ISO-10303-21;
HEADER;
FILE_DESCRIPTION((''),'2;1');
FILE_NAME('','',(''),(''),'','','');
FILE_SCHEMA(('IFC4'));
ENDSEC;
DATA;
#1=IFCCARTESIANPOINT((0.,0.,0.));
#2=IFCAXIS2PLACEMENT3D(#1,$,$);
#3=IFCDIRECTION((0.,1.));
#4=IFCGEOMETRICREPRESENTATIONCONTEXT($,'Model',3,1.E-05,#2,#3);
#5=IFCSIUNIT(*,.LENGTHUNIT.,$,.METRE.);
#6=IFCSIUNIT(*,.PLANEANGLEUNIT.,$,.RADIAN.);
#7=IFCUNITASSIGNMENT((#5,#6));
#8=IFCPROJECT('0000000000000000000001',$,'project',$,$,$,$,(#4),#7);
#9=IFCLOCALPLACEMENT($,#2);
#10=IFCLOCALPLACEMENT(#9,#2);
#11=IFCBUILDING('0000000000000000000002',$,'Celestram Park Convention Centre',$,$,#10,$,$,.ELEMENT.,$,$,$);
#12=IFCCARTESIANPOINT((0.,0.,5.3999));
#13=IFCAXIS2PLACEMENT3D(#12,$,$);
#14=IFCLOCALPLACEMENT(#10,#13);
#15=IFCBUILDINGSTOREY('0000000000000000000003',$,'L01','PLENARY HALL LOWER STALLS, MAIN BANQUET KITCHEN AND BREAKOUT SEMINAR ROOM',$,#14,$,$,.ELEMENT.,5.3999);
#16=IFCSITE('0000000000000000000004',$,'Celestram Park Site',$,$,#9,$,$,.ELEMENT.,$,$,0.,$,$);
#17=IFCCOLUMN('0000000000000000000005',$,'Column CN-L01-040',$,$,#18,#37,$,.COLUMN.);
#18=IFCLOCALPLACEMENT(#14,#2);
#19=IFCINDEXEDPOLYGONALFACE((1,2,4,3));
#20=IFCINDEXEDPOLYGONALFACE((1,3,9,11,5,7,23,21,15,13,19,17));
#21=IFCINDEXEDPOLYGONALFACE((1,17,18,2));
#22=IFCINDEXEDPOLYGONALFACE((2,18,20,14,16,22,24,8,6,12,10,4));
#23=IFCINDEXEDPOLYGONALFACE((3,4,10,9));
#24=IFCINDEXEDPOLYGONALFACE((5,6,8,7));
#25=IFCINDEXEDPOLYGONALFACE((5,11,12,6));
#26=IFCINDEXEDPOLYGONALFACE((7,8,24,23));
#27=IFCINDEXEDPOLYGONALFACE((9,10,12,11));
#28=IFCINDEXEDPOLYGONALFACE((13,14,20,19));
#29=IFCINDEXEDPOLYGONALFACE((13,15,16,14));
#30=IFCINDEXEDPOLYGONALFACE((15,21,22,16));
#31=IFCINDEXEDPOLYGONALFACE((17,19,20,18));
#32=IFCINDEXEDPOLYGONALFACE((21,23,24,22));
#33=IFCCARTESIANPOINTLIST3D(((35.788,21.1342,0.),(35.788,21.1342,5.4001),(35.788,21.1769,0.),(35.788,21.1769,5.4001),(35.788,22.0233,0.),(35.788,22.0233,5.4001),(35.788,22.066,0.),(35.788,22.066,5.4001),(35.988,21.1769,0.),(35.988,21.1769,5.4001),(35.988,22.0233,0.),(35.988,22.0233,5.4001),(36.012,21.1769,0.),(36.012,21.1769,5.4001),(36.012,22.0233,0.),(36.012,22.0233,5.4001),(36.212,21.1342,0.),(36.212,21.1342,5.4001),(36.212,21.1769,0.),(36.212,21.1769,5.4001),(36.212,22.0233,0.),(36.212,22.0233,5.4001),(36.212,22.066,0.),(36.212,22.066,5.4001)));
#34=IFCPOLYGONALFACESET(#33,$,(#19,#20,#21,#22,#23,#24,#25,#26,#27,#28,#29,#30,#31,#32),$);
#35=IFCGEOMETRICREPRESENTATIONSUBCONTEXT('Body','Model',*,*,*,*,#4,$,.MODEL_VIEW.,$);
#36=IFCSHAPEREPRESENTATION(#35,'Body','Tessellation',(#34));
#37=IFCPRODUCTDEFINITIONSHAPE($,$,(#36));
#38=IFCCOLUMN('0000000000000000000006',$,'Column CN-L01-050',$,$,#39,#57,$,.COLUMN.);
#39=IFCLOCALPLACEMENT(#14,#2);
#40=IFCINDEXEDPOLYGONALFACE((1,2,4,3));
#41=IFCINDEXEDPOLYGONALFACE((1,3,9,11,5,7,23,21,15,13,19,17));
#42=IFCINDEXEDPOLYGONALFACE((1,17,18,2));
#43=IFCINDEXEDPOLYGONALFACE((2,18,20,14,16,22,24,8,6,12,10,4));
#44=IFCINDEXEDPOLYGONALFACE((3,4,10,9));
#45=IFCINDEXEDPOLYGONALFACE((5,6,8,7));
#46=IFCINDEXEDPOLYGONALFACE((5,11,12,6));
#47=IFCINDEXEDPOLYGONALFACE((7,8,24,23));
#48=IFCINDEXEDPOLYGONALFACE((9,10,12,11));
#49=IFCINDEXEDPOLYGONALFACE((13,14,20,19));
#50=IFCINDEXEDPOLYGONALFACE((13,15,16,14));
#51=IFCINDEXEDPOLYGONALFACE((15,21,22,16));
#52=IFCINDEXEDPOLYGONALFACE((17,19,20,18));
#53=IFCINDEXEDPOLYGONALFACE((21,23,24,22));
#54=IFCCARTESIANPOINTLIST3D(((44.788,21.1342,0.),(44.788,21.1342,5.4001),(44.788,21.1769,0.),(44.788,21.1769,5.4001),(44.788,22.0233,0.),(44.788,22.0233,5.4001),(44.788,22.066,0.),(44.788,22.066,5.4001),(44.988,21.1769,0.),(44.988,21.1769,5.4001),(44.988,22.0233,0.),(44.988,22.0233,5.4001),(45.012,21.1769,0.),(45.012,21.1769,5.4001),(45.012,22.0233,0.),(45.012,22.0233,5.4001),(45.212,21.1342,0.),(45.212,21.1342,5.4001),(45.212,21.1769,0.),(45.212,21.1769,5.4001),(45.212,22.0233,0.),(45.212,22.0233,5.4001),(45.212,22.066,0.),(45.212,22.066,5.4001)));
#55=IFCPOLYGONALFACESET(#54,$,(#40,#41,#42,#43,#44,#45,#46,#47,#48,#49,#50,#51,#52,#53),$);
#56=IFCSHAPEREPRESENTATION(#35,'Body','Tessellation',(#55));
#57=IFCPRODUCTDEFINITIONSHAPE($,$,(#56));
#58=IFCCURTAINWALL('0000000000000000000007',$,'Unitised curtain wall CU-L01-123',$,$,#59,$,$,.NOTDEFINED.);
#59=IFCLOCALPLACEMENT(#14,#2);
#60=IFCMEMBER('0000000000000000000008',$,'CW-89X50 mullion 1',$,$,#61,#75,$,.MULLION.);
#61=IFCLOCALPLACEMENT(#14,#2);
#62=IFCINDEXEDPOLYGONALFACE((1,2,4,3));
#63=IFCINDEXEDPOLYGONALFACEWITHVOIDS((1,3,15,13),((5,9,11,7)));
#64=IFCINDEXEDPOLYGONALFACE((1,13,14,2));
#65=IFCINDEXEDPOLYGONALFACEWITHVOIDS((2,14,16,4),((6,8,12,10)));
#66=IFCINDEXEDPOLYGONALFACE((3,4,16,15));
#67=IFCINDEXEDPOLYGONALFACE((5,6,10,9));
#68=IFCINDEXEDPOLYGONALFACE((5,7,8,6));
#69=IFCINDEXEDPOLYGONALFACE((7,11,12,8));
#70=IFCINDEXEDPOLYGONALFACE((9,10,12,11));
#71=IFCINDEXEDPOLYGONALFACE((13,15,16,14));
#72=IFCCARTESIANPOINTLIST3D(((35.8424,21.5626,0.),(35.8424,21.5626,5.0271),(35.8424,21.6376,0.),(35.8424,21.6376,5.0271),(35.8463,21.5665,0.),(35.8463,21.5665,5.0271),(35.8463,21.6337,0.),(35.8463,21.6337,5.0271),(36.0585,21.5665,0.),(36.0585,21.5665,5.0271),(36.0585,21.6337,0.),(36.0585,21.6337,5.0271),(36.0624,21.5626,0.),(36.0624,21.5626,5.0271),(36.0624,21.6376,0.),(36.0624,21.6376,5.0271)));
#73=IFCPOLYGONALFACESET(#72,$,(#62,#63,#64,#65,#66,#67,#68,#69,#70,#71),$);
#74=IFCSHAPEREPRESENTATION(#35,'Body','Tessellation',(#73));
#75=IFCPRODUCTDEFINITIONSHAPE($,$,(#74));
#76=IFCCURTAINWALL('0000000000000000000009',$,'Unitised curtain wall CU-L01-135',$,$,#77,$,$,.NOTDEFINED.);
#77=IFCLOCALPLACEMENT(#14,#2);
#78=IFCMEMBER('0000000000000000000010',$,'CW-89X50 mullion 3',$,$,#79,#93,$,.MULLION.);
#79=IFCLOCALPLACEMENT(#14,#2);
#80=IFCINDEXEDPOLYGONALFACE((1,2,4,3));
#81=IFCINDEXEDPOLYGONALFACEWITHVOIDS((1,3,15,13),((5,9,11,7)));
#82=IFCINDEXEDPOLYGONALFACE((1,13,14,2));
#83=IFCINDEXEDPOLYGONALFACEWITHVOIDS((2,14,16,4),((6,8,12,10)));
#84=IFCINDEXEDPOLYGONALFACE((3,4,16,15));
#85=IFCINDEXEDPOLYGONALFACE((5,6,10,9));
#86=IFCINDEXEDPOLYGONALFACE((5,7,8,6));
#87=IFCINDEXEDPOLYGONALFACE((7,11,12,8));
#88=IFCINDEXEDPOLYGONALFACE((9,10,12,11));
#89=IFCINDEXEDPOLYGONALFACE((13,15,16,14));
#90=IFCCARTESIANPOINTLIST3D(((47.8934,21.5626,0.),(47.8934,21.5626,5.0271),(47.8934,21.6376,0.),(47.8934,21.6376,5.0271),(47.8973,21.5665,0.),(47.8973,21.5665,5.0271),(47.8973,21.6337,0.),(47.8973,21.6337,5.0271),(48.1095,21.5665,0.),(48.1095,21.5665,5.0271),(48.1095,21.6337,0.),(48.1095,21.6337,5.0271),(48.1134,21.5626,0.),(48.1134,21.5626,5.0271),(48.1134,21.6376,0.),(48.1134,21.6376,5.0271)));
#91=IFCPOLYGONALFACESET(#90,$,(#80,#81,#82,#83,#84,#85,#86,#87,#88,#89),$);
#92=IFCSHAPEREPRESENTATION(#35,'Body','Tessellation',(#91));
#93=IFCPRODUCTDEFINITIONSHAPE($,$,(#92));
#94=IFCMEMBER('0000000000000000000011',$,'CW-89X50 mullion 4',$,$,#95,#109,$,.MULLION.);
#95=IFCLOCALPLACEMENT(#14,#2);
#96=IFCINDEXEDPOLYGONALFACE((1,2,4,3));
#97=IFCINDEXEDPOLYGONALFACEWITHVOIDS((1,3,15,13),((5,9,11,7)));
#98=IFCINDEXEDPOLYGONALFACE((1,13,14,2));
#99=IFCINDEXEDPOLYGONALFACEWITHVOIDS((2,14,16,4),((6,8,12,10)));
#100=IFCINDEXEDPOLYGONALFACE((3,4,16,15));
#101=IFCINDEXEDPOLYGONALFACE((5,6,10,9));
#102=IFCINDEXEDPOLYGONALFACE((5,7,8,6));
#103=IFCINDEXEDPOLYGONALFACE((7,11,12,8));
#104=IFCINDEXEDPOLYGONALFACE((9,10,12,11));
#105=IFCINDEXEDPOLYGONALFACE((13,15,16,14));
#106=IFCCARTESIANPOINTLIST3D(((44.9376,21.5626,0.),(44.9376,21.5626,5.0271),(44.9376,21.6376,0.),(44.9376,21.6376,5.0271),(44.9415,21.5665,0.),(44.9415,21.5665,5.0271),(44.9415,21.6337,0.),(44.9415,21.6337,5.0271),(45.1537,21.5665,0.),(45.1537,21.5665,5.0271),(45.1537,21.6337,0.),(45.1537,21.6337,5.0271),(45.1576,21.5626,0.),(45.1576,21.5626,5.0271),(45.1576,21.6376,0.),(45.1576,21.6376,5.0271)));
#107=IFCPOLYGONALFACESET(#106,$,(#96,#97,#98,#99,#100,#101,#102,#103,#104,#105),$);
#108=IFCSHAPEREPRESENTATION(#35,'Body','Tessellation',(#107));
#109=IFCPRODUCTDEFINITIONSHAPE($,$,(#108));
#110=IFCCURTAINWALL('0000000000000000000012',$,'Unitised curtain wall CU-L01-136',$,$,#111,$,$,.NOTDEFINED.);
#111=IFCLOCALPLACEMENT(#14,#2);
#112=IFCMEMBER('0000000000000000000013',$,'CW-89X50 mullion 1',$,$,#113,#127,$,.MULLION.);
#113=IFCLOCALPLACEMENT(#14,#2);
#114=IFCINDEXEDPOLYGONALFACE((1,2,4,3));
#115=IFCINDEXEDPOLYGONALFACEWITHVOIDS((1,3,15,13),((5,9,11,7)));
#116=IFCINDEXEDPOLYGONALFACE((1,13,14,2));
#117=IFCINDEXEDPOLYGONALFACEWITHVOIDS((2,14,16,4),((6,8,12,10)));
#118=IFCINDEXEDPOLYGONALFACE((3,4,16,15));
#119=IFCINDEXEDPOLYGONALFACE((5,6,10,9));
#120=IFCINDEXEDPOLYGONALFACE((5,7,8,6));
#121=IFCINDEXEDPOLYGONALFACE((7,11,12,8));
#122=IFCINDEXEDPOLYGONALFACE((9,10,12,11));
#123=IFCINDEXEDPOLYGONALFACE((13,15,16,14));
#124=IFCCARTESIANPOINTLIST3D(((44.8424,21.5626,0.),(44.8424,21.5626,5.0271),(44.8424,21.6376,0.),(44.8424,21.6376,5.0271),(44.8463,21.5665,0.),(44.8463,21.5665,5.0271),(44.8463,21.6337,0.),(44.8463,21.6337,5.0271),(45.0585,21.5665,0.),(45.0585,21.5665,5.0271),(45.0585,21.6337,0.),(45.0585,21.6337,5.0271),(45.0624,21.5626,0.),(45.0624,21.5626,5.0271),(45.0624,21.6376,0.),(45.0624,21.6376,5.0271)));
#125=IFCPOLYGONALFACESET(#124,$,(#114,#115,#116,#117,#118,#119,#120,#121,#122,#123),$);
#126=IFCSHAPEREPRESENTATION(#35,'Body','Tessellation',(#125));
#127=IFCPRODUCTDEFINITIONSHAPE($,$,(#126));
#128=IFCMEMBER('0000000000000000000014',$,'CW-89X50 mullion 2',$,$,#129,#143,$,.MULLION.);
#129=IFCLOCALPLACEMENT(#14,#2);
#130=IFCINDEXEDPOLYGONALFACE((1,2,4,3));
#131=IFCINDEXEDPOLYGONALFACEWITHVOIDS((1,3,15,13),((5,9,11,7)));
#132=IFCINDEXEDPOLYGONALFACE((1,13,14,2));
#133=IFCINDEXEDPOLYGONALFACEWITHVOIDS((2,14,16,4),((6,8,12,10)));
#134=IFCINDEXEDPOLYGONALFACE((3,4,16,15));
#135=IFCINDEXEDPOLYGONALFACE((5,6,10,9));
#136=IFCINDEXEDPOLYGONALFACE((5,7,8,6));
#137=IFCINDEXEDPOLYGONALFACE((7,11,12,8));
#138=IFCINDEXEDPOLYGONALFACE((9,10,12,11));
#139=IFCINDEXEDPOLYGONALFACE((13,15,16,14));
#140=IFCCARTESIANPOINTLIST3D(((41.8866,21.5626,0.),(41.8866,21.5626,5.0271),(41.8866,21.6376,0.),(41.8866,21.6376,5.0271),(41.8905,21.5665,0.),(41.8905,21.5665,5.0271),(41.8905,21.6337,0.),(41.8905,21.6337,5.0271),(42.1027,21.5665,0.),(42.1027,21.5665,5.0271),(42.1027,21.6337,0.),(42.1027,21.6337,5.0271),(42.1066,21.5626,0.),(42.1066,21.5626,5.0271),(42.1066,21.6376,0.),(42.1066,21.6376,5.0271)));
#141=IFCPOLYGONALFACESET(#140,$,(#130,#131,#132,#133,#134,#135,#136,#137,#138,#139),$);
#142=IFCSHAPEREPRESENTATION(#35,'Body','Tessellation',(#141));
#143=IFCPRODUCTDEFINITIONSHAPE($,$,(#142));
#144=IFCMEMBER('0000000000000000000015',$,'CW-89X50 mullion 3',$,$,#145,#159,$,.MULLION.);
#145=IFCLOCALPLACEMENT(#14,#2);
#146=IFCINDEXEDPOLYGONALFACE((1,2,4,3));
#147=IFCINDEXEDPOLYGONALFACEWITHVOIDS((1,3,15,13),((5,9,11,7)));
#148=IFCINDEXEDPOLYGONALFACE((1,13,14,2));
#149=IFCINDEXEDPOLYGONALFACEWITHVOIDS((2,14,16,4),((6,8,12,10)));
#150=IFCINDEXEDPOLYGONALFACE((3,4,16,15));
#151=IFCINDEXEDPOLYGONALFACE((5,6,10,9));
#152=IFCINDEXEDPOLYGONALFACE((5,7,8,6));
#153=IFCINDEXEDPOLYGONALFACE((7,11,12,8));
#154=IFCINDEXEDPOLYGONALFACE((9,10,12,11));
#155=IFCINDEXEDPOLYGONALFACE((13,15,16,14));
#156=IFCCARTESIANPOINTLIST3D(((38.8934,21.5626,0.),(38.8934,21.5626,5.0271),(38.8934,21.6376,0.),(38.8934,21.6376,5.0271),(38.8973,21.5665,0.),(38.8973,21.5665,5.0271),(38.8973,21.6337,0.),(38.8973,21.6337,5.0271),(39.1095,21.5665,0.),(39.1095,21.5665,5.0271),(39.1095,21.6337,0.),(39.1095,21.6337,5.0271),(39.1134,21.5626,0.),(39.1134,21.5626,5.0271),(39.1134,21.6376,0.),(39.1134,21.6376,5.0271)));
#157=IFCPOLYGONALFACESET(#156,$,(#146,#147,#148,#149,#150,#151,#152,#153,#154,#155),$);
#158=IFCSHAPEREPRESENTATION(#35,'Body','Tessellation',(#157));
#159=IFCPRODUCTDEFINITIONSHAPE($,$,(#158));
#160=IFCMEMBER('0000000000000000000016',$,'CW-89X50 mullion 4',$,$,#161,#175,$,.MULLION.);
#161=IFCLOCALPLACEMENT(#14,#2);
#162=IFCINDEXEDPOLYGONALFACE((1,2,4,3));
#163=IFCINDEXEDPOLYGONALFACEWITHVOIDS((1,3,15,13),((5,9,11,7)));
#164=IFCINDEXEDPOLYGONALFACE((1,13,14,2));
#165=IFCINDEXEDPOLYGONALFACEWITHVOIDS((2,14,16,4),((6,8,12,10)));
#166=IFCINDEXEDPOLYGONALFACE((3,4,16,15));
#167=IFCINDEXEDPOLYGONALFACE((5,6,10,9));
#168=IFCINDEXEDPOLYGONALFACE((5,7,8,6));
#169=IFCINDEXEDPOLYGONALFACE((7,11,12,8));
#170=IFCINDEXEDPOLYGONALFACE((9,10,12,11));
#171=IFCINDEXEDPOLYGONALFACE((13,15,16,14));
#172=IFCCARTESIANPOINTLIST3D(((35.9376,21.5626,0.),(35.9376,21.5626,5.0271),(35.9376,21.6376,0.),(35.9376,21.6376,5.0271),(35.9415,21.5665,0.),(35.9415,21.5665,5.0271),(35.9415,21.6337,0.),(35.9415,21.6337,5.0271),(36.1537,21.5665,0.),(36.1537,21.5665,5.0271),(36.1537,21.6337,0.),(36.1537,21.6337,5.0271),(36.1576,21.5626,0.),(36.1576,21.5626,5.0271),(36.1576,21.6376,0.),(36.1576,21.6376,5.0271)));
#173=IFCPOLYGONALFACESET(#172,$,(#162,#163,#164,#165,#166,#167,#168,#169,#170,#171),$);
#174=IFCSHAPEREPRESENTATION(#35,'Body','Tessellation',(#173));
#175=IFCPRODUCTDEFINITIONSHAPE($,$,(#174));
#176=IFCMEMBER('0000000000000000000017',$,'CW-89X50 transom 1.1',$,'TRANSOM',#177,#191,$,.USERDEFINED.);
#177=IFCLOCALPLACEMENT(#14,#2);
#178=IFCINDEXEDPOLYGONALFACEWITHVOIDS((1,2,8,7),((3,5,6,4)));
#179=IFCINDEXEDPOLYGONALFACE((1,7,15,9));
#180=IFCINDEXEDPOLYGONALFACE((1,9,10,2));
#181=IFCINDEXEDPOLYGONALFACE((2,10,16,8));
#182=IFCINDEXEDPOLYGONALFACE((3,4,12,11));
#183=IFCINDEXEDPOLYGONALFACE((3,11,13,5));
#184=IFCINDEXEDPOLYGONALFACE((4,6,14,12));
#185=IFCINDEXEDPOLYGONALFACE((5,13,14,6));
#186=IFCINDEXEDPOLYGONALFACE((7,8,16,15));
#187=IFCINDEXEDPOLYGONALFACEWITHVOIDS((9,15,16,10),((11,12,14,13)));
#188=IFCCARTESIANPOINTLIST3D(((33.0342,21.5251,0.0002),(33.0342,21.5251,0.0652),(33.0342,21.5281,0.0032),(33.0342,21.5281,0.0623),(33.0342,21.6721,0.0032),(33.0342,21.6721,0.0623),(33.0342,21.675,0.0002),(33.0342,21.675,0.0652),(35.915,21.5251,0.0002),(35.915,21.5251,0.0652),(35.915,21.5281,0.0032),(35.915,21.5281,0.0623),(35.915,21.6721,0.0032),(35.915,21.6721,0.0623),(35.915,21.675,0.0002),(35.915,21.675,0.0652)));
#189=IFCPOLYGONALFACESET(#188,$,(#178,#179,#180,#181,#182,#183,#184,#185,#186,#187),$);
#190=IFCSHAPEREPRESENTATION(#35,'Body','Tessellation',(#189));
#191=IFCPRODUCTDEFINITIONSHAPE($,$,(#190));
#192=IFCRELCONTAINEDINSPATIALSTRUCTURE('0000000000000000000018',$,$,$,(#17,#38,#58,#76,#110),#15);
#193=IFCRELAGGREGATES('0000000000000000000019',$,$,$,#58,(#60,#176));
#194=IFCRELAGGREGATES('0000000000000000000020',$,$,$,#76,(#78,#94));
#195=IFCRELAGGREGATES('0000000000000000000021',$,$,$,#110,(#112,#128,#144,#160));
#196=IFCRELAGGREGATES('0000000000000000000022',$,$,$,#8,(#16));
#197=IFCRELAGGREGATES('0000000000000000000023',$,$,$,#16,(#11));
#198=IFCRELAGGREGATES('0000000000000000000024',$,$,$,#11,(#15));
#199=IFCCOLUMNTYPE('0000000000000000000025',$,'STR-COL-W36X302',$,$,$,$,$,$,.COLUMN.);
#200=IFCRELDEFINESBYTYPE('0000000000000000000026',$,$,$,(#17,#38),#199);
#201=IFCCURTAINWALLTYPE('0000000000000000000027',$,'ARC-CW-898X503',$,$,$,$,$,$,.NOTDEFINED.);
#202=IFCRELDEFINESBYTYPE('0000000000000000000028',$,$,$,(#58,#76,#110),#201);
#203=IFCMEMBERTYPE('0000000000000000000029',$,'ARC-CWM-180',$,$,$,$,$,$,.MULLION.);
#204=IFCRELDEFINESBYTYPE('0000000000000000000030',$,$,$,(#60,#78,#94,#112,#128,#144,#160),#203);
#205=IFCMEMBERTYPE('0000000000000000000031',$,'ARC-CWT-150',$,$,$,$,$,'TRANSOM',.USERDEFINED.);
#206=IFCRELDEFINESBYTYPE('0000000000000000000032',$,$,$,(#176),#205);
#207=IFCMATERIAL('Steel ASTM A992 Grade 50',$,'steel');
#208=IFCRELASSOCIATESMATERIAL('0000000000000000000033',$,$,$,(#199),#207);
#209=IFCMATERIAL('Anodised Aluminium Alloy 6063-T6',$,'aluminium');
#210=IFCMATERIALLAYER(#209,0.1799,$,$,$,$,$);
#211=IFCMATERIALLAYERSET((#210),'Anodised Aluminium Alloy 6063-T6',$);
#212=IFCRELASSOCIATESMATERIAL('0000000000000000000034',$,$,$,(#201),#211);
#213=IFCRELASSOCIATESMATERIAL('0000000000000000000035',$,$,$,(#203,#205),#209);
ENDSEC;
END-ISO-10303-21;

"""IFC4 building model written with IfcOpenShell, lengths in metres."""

from ifc_helpers import new_model, si_unit, direction, frame, origin, origin_2d, place, context, subcontext, project, spatial, hollow_rectangle, i_section, extrude, material, layer, layer_set, material_profile, profile_set, type_object, element, aggregate, save


model = new_model("IFC4")

# Units and contexts
model_context = context("Model", 3, precision=1e-05, world=origin(), true_north=direction((0.0, 1.0)))
body_context = subcontext(model_context, "Body", "Model", "MODEL_VIEW")
ifc_project = project(units=[si_unit("LENGTHUNIT", "METRE"), si_unit("PLANEANGLEUNIT", "RADIAN")], contexts=[model_context])

# Site, building, storey
site_placement = place(None, origin())
site = spatial("IfcSite", under=ifc_project, at=site_placement, Name="Celestram Park Site", CompositionType="ELEMENT", RefElevation=0.0)
building_placement = place(site_placement, origin())
building = spatial("IfcBuilding", under=site, at=building_placement, Name="Celestram Park Convention Centre", CompositionType="ELEMENT")
storey_placement = place(building_placement, frame((0.0, 0.0, 5.3999)))
storey = spatial("IfcBuildingStorey", under=building, at=storey_placement, Name="L01", Description="PLENARY HALL LOWER STALLS, MAIN BANQUET KITCHEN AND BREAKOUT SEMINAR ROOM", CompositionType="ELEMENT", Elevation=5.3999)

# Columns
ifc_material_1 = material(Name="Steel ASTM A992 Grade 50", Category="steel")
ifc_material_profile_1 = material_profile(ifc_material_1, i_section(OverallWidth=0.4241, OverallDepth=0.9319, WebThickness=0.0239, FlangeThickness=0.0427, at=origin_2d()), Name="W36X302")
ifc_profile_set_1 = profile_set([ifc_material_profile_1], Name="Steel ASTM A992 Grade 50")
column_type = type_object("IfcColumnType", Name="STR-COL-W36X302", PredefinedType="COLUMN", material=ifc_profile_set_1)
for number, where, z_axis, x_axis, name in (
    (1, (36.0, 21.6001, 0.0), (0.0, 0.0, 1.0), (1.0, 0.0, 0.0), "Column CN-L01-040"),
    (2, (45.0, 21.6001, 0.0), (0.0, 0.0, 1.0), (1.0, 0.0, 0.0), "Column CN-L01-050"),
):
    element("IfcColumn", number, at=place(storey_placement, frame(where, z_axis=z_axis, x_axis=x_axis)), inside=storey, type_object=column_type, Name=name, PredefinedType="COLUMN", context=body_context, shape_type="SweptSolid", body=[
        extrude(i_section(OverallWidth=0.4241, OverallDepth=0.9319, WebThickness=0.0239, FlangeThickness=0.0427, at=origin_2d()), origin(), (0.0, 0.0, 1.0), 5.4001),
    ])

# Curtain wall, member
ifc_material_2 = material(Name="Anodised Aluminium Alloy 6063-T6", Category="aluminium")
ifc_layer_1 = layer(ifc_material_2, 0.1799)
ifc_layer_set_1 = layer_set([ifc_layer_1], Name="Anodised Aluminium Alloy 6063-T6")
curtain_wall_type = type_object("IfcCurtainWallType", Name="ARC-CW-898X503", PredefinedType="NOTDEFINED", material=ifc_layer_set_1)
curtain_wall_1_placement = place(storey_placement, origin())
curtain_wall_1 = element("IfcCurtainWall", 3, at=curtain_wall_1_placement, inside=storey, type_object=curtain_wall_type, Name="Unitised curtain wall CU-L01-123", PredefinedType="NOTDEFINED")
ifc_material_profile_2 = material_profile(ifc_material_2, hollow_rectangle(XDim=0.075, YDim=0.22, WallThickness=0.0039, at=origin_2d()), Name="ALU75X220X4")
ifc_profile_set_2 = profile_set([ifc_material_profile_2], Name="Anodised Aluminium Alloy 6063-T6")
member_type_1 = type_object("IfcMemberType", Name="ARC-CWM-180", PredefinedType="MULLION", material=ifc_profile_set_2)
member_1_placement = place(storey_placement, frame((35.9524, 21.6001, 0.0), z_axis=(0.0, 0.0, 1.0), x_axis=(0.0, -1.0, 0.0)))
member_1 = element("IfcMember", 4, at=member_1_placement, type_object=member_type_1, Name="CW-89X50 mullion 1", PredefinedType="MULLION", context=body_context, shape_type="SweptSolid", body=[
    extrude(hollow_rectangle(XDim=0.075, YDim=0.22, WallThickness=0.0039, at=origin_2d()), origin(), (0.0, 0.0, 1.0), 5.0271),
])

# Curtain walls, members
curtain_wall_2_placement = place(storey_placement, origin())
curtain_wall_2 = element("IfcCurtainWall", 5, at=curtain_wall_2_placement, inside=storey, type_object=curtain_wall_type, Name="Unitised curtain wall CU-L01-135", PredefinedType="NOTDEFINED")
member_2_placement = place(storey_placement, frame((48.0034, 21.6001, 0.0), z_axis=(0.0, 0.0, 1.0), x_axis=(0.0, -1.0, 0.0)))
member_2 = element("IfcMember", 6, at=member_2_placement, type_object=member_type_1, Name="CW-89X50 mullion 3", PredefinedType="MULLION", context=body_context, shape_type="SweptSolid", body=[
    extrude(hollow_rectangle(XDim=0.075, YDim=0.22, WallThickness=0.0039, at=origin_2d()), origin(), (0.0, 0.0, 1.0), 5.0271),
])
member_3_placement = place(storey_placement, frame((45.0476, 21.6001, 0.0), z_axis=(0.0, 0.0, 1.0), x_axis=(0.0, -1.0, 0.0)))
member_3 = element("IfcMember", 7, at=member_3_placement, type_object=member_type_1, Name="CW-89X50 mullion 4", PredefinedType="MULLION", context=body_context, shape_type="SweptSolid", body=[
    extrude(hollow_rectangle(XDim=0.075, YDim=0.22, WallThickness=0.0039, at=origin_2d()), origin(), (0.0, 0.0, 1.0), 5.0271),
])
curtain_wall_3_placement = place(storey_placement, origin())
curtain_wall_3 = element("IfcCurtainWall", 8, at=curtain_wall_3_placement, inside=storey, type_object=curtain_wall_type, Name="Unitised curtain wall CU-L01-136", PredefinedType="NOTDEFINED")
member_4_placement = place(storey_placement, frame((44.9524, 21.6001, 0.0), z_axis=(0.0, 0.0, 1.0), x_axis=(0.0, -1.0, 0.0)))
member_4 = element("IfcMember", 9, at=member_4_placement, type_object=member_type_1, Name="CW-89X50 mullion 1", PredefinedType="MULLION", context=body_context, shape_type="SweptSolid", body=[
    extrude(hollow_rectangle(XDim=0.075, YDim=0.22, WallThickness=0.0039, at=origin_2d()), origin(), (0.0, 0.0, 1.0), 5.0271),
])
member_5_placement = place(storey_placement, frame((41.9966, 21.6001, 0.0), z_axis=(0.0, 0.0, 1.0), x_axis=(0.0, -1.0, 0.0)))
member_5 = element("IfcMember", 10, at=member_5_placement, type_object=member_type_1, Name="CW-89X50 mullion 2", PredefinedType="MULLION", context=body_context, shape_type="SweptSolid", body=[
    extrude(hollow_rectangle(XDim=0.075, YDim=0.22, WallThickness=0.0039, at=origin_2d()), origin(), (0.0, 0.0, 1.0), 5.0271),
])
member_6_placement = place(storey_placement, frame((39.0034, 21.6001, 0.0), z_axis=(0.0, 0.0, 1.0), x_axis=(0.0, -1.0, 0.0)))
member_6 = element("IfcMember", 11, at=member_6_placement, type_object=member_type_1, Name="CW-89X50 mullion 3", PredefinedType="MULLION", context=body_context, shape_type="SweptSolid", body=[
    extrude(hollow_rectangle(XDim=0.075, YDim=0.22, WallThickness=0.0039, at=origin_2d()), origin(), (0.0, 0.0, 1.0), 5.0271),
])
member_7_placement = place(storey_placement, frame((36.0476, 21.6001, 0.0), z_axis=(0.0, 0.0, 1.0), x_axis=(0.0, -1.0, 0.0)))
member_7 = element("IfcMember", 12, at=member_7_placement, type_object=member_type_1, Name="CW-89X50 mullion 4", PredefinedType="MULLION", context=body_context, shape_type="SweptSolid", body=[
    extrude(hollow_rectangle(XDim=0.075, YDim=0.22, WallThickness=0.0039, at=origin_2d()), origin(), (0.0, 0.0, 1.0), 5.0271),
])

# Member
ifc_material_profile_3 = material_profile(ifc_material_2, hollow_rectangle(XDim=0.1499, YDim=0.0649, WallThickness=0.0029, at=origin_2d()), Name="ALU150X65X3")
ifc_profile_set_3 = profile_set([ifc_material_profile_3], Name="Anodised Aluminium Alloy 6063-T6")
member_type_2 = type_object("IfcMemberType", Name="ARC-CWT-150", ElementType="TRANSOM", PredefinedType="USERDEFINED", material=ifc_profile_set_3)
member_8_placement = place(storey_placement, frame((35.915, 21.6001, 0.0327), z_axis=(-1.0, 0.0, 0.0), x_axis=(0.0, -1.0, 0.0)))
member_8 = element("IfcMember", 13, at=member_8_placement, type_object=member_type_2, Name="CW-89X50 transom 1.1", ObjectType="TRANSOM", PredefinedType="USERDEFINED", context=body_context, shape_type="SweptSolid", body=[
    extrude(hollow_rectangle(XDim=0.1499, YDim=0.0649, WallThickness=0.0029, at=origin_2d()), origin(), (0.0, 0.0, 1.0), 2.8809),
])

aggregate(curtain_wall_1, [member_1, member_8])
aggregate(curtain_wall_2, [member_2, member_3])
aggregate(curtain_wall_3, [member_4, member_5, member_6, member_7])

save(model, "model.ifc")
